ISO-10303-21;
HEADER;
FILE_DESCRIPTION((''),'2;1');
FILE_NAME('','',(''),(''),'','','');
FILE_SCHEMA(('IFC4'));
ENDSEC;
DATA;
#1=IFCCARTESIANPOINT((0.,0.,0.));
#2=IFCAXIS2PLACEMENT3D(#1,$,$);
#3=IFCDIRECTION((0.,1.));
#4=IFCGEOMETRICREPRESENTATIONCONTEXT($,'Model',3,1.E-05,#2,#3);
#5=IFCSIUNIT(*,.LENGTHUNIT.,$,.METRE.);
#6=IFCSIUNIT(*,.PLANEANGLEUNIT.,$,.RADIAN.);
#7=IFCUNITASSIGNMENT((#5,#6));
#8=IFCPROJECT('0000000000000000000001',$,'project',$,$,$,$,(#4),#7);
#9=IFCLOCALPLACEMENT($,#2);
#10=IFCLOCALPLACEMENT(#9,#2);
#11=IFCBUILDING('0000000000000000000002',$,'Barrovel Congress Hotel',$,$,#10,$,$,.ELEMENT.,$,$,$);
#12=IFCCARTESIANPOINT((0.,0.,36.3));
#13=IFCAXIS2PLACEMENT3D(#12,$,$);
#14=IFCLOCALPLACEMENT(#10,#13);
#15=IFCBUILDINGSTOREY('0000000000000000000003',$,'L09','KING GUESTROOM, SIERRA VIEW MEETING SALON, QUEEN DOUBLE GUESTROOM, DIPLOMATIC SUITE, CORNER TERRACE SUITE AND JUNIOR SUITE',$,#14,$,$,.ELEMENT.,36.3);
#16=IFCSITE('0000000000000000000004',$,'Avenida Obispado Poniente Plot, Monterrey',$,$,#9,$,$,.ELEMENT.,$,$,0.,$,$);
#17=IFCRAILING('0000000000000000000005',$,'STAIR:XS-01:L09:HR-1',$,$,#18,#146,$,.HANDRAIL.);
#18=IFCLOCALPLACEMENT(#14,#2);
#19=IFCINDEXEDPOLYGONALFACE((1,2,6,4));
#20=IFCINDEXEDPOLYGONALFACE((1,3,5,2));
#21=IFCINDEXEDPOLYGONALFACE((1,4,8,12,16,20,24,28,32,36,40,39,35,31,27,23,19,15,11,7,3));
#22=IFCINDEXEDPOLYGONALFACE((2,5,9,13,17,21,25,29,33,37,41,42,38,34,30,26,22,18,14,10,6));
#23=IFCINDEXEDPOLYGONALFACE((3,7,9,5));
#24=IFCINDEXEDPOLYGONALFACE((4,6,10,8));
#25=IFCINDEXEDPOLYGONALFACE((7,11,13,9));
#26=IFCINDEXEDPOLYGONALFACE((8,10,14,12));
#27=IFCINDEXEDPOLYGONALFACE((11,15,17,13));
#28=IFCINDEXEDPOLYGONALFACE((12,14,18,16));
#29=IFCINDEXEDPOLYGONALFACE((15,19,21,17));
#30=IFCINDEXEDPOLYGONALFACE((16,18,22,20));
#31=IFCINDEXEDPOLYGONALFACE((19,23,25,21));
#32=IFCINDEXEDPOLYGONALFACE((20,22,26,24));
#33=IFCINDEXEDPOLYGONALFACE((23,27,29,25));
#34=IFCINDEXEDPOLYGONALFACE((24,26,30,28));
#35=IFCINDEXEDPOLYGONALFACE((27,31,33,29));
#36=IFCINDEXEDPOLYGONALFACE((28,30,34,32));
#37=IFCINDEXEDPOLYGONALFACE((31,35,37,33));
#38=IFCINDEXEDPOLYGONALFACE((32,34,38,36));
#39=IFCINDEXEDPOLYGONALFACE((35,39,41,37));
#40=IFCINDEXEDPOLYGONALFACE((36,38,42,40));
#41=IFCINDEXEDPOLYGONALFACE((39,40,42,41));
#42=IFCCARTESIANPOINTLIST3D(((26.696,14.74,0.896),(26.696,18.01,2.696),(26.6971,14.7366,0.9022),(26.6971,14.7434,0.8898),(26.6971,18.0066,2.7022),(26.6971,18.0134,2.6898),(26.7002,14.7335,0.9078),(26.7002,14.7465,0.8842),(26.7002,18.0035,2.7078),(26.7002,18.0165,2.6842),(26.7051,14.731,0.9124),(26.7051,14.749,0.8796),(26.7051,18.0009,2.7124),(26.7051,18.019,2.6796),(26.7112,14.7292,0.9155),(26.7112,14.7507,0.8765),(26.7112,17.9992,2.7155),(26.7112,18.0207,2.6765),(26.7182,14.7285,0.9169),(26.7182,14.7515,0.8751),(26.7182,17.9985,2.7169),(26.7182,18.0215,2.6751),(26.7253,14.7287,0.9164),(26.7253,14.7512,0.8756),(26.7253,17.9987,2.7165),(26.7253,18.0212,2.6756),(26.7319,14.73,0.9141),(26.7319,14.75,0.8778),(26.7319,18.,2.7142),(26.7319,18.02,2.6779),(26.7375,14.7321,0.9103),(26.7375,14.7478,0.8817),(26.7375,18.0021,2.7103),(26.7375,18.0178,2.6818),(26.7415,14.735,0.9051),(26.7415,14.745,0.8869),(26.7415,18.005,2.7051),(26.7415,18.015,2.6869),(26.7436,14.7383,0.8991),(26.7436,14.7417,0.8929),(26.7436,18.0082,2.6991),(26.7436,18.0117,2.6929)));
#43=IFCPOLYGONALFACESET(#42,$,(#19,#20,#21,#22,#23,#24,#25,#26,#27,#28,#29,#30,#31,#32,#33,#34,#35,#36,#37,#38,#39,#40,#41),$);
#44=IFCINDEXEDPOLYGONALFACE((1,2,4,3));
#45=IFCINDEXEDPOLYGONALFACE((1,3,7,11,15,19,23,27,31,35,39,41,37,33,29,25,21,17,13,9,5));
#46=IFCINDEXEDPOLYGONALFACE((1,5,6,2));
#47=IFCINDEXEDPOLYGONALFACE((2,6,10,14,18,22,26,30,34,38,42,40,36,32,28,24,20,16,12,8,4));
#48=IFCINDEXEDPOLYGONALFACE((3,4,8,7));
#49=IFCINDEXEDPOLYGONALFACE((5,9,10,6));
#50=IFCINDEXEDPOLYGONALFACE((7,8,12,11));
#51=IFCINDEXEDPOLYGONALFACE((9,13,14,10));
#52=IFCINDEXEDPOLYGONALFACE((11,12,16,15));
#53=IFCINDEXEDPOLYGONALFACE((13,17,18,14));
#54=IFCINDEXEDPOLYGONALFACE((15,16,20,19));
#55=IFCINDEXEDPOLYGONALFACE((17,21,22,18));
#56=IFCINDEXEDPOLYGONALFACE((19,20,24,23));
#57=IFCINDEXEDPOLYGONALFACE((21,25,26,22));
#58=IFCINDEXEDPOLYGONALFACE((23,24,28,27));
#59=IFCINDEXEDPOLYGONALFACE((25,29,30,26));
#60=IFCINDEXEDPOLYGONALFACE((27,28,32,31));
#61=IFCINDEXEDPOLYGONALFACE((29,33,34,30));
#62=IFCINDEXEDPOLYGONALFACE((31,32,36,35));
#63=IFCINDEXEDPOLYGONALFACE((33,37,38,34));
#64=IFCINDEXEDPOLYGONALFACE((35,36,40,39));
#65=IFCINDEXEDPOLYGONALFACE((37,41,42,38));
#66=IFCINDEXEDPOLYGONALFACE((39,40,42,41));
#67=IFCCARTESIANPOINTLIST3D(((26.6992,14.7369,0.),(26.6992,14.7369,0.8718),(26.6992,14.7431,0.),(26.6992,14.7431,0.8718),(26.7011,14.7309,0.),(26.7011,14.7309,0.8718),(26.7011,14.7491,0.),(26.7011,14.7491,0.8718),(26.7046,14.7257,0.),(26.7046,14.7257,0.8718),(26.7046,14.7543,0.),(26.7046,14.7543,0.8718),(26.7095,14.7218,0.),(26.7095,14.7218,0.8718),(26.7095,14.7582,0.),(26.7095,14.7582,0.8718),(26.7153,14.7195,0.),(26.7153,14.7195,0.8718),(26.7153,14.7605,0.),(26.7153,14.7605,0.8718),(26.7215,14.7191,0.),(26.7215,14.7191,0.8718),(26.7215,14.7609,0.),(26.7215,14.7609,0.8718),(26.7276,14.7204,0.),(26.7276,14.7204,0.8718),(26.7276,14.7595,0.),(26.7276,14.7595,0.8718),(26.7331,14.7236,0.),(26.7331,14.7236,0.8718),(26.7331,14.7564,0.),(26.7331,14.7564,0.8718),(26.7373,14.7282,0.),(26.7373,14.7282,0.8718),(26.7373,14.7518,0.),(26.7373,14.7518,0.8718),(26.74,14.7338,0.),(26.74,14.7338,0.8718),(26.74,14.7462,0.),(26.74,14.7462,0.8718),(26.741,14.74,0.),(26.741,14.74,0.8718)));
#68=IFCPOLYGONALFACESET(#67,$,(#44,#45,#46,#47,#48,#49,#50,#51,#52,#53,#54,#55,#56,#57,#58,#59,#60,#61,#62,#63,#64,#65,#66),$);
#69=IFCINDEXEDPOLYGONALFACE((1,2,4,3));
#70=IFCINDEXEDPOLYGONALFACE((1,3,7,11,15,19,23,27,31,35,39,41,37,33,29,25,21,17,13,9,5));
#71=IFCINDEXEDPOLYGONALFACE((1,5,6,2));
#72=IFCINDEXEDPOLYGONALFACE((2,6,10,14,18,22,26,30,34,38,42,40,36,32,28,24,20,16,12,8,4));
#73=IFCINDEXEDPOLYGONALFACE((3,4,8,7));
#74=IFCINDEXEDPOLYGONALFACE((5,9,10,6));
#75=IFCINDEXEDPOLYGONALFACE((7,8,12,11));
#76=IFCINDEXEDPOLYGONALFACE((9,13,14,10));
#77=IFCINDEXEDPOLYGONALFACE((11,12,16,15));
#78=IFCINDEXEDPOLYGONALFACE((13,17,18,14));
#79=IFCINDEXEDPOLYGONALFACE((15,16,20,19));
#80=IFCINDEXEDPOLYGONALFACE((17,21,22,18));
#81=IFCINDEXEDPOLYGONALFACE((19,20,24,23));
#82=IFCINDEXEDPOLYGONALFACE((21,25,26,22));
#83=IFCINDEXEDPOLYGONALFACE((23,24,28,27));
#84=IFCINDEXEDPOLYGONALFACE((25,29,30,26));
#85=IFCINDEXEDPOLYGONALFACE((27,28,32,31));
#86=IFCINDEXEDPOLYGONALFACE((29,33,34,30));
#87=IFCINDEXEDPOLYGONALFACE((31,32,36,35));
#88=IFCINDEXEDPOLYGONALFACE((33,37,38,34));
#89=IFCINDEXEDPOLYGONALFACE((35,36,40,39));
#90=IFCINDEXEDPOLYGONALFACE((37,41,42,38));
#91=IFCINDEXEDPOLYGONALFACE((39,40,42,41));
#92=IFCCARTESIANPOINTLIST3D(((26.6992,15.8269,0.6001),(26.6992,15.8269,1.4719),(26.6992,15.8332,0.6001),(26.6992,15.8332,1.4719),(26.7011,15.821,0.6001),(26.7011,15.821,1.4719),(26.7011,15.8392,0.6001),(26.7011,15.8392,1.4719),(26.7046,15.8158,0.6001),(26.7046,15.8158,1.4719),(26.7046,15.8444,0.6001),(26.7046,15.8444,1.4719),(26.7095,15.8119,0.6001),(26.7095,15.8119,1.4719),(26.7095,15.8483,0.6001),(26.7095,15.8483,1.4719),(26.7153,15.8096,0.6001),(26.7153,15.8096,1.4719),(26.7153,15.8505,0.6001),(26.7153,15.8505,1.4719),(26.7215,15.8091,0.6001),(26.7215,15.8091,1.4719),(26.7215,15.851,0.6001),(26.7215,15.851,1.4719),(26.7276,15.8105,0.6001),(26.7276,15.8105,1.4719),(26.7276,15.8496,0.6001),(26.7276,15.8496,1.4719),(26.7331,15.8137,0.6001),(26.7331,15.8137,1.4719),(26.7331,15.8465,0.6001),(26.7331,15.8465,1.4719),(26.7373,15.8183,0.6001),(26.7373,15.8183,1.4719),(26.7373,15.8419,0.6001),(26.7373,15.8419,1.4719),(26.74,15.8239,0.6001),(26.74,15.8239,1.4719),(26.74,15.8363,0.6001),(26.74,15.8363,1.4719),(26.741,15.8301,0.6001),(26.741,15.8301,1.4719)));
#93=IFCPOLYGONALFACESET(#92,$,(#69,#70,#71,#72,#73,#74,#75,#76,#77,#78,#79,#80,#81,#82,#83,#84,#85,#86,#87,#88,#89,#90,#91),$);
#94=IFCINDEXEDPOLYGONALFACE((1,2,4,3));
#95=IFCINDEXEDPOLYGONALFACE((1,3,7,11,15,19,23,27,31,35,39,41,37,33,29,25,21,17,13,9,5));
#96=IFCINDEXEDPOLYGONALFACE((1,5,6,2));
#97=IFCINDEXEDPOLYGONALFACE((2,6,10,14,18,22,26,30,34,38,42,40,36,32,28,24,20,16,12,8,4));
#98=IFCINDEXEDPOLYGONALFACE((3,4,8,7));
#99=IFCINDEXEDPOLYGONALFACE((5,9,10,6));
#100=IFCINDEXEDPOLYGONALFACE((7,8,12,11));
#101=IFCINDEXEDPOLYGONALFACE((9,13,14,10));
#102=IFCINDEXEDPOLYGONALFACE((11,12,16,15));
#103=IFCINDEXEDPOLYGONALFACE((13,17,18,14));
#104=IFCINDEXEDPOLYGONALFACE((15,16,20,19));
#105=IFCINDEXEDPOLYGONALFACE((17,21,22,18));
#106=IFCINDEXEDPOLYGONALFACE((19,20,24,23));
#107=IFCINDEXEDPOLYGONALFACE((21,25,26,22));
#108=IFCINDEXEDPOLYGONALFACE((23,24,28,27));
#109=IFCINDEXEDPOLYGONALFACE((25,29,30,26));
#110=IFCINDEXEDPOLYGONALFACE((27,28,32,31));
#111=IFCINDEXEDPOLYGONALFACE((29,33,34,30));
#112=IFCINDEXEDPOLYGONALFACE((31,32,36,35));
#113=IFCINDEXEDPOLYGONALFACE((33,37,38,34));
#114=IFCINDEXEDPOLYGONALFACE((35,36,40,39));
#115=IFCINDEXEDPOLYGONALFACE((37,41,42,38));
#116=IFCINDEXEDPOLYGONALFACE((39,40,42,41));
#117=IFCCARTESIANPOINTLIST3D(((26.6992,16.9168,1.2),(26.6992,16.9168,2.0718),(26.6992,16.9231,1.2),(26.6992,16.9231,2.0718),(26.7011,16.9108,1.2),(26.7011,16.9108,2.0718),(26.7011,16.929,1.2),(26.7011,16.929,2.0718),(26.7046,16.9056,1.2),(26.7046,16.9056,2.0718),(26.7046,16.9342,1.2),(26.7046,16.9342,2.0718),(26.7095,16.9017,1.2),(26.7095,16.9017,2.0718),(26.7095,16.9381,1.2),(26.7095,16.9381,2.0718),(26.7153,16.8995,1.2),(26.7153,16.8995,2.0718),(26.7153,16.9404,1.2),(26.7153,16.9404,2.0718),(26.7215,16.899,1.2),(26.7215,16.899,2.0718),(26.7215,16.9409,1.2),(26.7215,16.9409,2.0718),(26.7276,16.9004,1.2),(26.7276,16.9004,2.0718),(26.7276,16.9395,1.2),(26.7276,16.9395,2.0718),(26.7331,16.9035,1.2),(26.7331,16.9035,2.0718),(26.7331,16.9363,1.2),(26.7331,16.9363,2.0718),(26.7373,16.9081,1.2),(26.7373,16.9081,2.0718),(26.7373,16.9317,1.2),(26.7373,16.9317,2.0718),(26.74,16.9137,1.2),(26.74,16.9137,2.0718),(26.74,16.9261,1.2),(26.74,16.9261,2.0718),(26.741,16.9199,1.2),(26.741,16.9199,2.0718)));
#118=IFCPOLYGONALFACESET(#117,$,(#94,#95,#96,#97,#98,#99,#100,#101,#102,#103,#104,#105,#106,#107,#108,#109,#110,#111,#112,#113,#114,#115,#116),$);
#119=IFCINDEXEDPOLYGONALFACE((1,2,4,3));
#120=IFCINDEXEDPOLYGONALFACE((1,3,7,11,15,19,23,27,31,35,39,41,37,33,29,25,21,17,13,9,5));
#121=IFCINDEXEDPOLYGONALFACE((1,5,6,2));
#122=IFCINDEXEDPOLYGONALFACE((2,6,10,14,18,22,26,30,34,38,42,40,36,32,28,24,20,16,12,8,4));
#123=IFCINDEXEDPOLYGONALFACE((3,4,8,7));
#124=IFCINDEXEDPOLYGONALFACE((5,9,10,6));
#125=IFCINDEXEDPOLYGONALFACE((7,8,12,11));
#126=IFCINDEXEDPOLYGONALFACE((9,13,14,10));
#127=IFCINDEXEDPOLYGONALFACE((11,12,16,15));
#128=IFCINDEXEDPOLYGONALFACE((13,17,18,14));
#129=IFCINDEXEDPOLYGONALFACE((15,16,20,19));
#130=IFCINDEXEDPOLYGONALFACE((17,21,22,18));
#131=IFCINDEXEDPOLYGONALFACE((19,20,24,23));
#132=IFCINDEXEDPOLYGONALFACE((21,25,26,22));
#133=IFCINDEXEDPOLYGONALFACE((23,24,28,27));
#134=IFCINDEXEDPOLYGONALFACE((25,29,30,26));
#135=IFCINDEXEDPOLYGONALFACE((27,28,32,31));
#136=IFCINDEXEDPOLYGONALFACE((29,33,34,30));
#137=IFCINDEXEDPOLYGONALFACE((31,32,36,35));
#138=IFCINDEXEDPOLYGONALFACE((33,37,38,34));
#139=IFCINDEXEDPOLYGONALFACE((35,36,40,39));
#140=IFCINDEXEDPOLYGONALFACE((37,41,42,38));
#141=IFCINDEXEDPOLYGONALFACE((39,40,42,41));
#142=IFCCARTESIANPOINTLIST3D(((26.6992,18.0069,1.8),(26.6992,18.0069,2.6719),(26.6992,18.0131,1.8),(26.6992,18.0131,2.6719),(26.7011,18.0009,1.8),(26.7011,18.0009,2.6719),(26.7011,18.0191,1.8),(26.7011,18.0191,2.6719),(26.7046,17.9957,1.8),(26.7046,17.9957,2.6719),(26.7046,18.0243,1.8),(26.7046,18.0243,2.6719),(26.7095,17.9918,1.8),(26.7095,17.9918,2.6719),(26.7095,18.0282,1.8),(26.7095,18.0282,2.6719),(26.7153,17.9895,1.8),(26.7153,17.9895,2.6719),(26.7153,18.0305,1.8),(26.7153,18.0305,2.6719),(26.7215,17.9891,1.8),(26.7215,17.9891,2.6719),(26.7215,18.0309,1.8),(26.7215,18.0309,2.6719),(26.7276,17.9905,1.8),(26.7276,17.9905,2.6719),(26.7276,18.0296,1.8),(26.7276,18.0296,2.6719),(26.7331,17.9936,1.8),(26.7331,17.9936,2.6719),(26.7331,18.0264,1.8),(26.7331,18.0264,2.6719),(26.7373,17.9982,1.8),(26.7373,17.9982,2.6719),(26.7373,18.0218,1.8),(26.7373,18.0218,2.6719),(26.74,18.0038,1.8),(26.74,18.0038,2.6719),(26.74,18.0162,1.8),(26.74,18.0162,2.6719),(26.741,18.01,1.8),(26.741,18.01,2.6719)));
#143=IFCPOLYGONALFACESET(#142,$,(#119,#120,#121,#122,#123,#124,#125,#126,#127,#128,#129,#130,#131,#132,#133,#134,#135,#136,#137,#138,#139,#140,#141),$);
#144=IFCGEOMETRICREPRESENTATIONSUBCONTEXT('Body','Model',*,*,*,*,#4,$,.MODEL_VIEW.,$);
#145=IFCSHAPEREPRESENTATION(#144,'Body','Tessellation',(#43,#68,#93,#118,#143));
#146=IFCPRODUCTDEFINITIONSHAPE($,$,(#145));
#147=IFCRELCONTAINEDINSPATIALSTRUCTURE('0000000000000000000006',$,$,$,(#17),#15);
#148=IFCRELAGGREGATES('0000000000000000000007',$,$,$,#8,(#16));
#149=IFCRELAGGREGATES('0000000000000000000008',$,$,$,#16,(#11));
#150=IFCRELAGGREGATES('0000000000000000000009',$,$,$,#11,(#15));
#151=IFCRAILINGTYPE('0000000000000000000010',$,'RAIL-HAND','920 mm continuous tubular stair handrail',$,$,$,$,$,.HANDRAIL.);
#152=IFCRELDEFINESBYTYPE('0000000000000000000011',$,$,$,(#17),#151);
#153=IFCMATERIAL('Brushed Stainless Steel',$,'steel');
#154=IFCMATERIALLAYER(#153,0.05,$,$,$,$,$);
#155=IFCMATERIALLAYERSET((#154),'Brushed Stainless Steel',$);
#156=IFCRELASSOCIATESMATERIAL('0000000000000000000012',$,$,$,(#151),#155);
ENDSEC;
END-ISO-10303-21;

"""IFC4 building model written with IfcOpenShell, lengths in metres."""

from ifc_helpers import new_model, si_unit, direction, frame, origin, origin_2d, place, context, subcontext, project, spatial, circle, extrude, material, layer, layer_set, type_object, element, save


model = new_model("IFC4")

# Units and contexts
model_context = context("Model", 3, precision=1e-05, world=origin(), true_north=direction((0.0, 1.0)))
body_context = subcontext(model_context, "Body", "Model", "MODEL_VIEW")
ifc_project = project(units=[si_unit("LENGTHUNIT", "METRE"), si_unit("PLANEANGLEUNIT", "RADIAN")], contexts=[model_context])

# Site, building, storey
site_placement = place(None, origin())
site = spatial("IfcSite", under=ifc_project, at=site_placement, Name="Avenida Obispado Poniente Plot, Monterrey", CompositionType="ELEMENT", RefElevation=0.0)
building_placement = place(site_placement, origin())
building = spatial("IfcBuilding", under=site, at=building_placement, Name="Barrovel Congress Hotel", CompositionType="ELEMENT")
storey_placement = place(building_placement, frame((0.0, 0.0, 36.3)))
storey = spatial("IfcBuildingStorey", under=building, at=storey_placement, Name="L09", Description="KING GUESTROOM, SIERRA VIEW MEETING SALON, QUEEN DOUBLE GUESTROOM, DIPLOMATIC SUITE, CORNER TERRACE SUITE AND JUNIOR SUITE", CompositionType="ELEMENT", Elevation=36.3)

# Railing
ifc_material_1 = material(Name="Brushed Stainless Steel", Category="steel")
ifc_layer_1 = layer(ifc_material_1, 0.05)
ifc_layer_set_1 = layer_set([ifc_layer_1], Name="Brushed Stainless Steel")
railing_type = type_object("IfcRailingType", Name="RAIL-HAND", Description="920 mm continuous tubular stair handrail", PredefinedType="HANDRAIL", material=ifc_layer_set_1)
railing_placement = place(storey_placement, frame((26.72, 14.74, 0.0)))
element("IfcRailing", 1, at=railing_placement, inside=storey, type_object=railing_type, Name="STAIR:XS-01:L09:HR-1", PredefinedType="HANDRAIL", context=body_context, shape_type="SweptSolid", body=[
    extrude(circle(Radius=0.0239, at=origin_2d()), frame((0.0, 0.0, 0.896), z_axis=(0.0, 0.876042, 0.482235), x_axis=(-1.0, 0.0, 0.0)), (0.0, 0.0, 1.0), 3.7327),
    extrude(circle(Radius=0.021, at=origin_2d()), origin(), (0.0, 0.0, 1.0), 0.8718),
    extrude(circle(Radius=0.021, at=origin_2d()), frame((0.0, 1.0901, 0.6001)), (0.0, 0.0, 1.0), 0.8718),
    extrude(circle(Radius=0.021, at=origin_2d()), frame((0.0, 2.1799, 1.2)), (0.0, 0.0, 1.0), 0.8718),
    extrude(circle(Radius=0.021, at=origin_2d()), frame((0.0, 3.27, 1.8)), (0.0, 0.0, 1.0), 0.8718),
])

save(model, "model.ifc")
